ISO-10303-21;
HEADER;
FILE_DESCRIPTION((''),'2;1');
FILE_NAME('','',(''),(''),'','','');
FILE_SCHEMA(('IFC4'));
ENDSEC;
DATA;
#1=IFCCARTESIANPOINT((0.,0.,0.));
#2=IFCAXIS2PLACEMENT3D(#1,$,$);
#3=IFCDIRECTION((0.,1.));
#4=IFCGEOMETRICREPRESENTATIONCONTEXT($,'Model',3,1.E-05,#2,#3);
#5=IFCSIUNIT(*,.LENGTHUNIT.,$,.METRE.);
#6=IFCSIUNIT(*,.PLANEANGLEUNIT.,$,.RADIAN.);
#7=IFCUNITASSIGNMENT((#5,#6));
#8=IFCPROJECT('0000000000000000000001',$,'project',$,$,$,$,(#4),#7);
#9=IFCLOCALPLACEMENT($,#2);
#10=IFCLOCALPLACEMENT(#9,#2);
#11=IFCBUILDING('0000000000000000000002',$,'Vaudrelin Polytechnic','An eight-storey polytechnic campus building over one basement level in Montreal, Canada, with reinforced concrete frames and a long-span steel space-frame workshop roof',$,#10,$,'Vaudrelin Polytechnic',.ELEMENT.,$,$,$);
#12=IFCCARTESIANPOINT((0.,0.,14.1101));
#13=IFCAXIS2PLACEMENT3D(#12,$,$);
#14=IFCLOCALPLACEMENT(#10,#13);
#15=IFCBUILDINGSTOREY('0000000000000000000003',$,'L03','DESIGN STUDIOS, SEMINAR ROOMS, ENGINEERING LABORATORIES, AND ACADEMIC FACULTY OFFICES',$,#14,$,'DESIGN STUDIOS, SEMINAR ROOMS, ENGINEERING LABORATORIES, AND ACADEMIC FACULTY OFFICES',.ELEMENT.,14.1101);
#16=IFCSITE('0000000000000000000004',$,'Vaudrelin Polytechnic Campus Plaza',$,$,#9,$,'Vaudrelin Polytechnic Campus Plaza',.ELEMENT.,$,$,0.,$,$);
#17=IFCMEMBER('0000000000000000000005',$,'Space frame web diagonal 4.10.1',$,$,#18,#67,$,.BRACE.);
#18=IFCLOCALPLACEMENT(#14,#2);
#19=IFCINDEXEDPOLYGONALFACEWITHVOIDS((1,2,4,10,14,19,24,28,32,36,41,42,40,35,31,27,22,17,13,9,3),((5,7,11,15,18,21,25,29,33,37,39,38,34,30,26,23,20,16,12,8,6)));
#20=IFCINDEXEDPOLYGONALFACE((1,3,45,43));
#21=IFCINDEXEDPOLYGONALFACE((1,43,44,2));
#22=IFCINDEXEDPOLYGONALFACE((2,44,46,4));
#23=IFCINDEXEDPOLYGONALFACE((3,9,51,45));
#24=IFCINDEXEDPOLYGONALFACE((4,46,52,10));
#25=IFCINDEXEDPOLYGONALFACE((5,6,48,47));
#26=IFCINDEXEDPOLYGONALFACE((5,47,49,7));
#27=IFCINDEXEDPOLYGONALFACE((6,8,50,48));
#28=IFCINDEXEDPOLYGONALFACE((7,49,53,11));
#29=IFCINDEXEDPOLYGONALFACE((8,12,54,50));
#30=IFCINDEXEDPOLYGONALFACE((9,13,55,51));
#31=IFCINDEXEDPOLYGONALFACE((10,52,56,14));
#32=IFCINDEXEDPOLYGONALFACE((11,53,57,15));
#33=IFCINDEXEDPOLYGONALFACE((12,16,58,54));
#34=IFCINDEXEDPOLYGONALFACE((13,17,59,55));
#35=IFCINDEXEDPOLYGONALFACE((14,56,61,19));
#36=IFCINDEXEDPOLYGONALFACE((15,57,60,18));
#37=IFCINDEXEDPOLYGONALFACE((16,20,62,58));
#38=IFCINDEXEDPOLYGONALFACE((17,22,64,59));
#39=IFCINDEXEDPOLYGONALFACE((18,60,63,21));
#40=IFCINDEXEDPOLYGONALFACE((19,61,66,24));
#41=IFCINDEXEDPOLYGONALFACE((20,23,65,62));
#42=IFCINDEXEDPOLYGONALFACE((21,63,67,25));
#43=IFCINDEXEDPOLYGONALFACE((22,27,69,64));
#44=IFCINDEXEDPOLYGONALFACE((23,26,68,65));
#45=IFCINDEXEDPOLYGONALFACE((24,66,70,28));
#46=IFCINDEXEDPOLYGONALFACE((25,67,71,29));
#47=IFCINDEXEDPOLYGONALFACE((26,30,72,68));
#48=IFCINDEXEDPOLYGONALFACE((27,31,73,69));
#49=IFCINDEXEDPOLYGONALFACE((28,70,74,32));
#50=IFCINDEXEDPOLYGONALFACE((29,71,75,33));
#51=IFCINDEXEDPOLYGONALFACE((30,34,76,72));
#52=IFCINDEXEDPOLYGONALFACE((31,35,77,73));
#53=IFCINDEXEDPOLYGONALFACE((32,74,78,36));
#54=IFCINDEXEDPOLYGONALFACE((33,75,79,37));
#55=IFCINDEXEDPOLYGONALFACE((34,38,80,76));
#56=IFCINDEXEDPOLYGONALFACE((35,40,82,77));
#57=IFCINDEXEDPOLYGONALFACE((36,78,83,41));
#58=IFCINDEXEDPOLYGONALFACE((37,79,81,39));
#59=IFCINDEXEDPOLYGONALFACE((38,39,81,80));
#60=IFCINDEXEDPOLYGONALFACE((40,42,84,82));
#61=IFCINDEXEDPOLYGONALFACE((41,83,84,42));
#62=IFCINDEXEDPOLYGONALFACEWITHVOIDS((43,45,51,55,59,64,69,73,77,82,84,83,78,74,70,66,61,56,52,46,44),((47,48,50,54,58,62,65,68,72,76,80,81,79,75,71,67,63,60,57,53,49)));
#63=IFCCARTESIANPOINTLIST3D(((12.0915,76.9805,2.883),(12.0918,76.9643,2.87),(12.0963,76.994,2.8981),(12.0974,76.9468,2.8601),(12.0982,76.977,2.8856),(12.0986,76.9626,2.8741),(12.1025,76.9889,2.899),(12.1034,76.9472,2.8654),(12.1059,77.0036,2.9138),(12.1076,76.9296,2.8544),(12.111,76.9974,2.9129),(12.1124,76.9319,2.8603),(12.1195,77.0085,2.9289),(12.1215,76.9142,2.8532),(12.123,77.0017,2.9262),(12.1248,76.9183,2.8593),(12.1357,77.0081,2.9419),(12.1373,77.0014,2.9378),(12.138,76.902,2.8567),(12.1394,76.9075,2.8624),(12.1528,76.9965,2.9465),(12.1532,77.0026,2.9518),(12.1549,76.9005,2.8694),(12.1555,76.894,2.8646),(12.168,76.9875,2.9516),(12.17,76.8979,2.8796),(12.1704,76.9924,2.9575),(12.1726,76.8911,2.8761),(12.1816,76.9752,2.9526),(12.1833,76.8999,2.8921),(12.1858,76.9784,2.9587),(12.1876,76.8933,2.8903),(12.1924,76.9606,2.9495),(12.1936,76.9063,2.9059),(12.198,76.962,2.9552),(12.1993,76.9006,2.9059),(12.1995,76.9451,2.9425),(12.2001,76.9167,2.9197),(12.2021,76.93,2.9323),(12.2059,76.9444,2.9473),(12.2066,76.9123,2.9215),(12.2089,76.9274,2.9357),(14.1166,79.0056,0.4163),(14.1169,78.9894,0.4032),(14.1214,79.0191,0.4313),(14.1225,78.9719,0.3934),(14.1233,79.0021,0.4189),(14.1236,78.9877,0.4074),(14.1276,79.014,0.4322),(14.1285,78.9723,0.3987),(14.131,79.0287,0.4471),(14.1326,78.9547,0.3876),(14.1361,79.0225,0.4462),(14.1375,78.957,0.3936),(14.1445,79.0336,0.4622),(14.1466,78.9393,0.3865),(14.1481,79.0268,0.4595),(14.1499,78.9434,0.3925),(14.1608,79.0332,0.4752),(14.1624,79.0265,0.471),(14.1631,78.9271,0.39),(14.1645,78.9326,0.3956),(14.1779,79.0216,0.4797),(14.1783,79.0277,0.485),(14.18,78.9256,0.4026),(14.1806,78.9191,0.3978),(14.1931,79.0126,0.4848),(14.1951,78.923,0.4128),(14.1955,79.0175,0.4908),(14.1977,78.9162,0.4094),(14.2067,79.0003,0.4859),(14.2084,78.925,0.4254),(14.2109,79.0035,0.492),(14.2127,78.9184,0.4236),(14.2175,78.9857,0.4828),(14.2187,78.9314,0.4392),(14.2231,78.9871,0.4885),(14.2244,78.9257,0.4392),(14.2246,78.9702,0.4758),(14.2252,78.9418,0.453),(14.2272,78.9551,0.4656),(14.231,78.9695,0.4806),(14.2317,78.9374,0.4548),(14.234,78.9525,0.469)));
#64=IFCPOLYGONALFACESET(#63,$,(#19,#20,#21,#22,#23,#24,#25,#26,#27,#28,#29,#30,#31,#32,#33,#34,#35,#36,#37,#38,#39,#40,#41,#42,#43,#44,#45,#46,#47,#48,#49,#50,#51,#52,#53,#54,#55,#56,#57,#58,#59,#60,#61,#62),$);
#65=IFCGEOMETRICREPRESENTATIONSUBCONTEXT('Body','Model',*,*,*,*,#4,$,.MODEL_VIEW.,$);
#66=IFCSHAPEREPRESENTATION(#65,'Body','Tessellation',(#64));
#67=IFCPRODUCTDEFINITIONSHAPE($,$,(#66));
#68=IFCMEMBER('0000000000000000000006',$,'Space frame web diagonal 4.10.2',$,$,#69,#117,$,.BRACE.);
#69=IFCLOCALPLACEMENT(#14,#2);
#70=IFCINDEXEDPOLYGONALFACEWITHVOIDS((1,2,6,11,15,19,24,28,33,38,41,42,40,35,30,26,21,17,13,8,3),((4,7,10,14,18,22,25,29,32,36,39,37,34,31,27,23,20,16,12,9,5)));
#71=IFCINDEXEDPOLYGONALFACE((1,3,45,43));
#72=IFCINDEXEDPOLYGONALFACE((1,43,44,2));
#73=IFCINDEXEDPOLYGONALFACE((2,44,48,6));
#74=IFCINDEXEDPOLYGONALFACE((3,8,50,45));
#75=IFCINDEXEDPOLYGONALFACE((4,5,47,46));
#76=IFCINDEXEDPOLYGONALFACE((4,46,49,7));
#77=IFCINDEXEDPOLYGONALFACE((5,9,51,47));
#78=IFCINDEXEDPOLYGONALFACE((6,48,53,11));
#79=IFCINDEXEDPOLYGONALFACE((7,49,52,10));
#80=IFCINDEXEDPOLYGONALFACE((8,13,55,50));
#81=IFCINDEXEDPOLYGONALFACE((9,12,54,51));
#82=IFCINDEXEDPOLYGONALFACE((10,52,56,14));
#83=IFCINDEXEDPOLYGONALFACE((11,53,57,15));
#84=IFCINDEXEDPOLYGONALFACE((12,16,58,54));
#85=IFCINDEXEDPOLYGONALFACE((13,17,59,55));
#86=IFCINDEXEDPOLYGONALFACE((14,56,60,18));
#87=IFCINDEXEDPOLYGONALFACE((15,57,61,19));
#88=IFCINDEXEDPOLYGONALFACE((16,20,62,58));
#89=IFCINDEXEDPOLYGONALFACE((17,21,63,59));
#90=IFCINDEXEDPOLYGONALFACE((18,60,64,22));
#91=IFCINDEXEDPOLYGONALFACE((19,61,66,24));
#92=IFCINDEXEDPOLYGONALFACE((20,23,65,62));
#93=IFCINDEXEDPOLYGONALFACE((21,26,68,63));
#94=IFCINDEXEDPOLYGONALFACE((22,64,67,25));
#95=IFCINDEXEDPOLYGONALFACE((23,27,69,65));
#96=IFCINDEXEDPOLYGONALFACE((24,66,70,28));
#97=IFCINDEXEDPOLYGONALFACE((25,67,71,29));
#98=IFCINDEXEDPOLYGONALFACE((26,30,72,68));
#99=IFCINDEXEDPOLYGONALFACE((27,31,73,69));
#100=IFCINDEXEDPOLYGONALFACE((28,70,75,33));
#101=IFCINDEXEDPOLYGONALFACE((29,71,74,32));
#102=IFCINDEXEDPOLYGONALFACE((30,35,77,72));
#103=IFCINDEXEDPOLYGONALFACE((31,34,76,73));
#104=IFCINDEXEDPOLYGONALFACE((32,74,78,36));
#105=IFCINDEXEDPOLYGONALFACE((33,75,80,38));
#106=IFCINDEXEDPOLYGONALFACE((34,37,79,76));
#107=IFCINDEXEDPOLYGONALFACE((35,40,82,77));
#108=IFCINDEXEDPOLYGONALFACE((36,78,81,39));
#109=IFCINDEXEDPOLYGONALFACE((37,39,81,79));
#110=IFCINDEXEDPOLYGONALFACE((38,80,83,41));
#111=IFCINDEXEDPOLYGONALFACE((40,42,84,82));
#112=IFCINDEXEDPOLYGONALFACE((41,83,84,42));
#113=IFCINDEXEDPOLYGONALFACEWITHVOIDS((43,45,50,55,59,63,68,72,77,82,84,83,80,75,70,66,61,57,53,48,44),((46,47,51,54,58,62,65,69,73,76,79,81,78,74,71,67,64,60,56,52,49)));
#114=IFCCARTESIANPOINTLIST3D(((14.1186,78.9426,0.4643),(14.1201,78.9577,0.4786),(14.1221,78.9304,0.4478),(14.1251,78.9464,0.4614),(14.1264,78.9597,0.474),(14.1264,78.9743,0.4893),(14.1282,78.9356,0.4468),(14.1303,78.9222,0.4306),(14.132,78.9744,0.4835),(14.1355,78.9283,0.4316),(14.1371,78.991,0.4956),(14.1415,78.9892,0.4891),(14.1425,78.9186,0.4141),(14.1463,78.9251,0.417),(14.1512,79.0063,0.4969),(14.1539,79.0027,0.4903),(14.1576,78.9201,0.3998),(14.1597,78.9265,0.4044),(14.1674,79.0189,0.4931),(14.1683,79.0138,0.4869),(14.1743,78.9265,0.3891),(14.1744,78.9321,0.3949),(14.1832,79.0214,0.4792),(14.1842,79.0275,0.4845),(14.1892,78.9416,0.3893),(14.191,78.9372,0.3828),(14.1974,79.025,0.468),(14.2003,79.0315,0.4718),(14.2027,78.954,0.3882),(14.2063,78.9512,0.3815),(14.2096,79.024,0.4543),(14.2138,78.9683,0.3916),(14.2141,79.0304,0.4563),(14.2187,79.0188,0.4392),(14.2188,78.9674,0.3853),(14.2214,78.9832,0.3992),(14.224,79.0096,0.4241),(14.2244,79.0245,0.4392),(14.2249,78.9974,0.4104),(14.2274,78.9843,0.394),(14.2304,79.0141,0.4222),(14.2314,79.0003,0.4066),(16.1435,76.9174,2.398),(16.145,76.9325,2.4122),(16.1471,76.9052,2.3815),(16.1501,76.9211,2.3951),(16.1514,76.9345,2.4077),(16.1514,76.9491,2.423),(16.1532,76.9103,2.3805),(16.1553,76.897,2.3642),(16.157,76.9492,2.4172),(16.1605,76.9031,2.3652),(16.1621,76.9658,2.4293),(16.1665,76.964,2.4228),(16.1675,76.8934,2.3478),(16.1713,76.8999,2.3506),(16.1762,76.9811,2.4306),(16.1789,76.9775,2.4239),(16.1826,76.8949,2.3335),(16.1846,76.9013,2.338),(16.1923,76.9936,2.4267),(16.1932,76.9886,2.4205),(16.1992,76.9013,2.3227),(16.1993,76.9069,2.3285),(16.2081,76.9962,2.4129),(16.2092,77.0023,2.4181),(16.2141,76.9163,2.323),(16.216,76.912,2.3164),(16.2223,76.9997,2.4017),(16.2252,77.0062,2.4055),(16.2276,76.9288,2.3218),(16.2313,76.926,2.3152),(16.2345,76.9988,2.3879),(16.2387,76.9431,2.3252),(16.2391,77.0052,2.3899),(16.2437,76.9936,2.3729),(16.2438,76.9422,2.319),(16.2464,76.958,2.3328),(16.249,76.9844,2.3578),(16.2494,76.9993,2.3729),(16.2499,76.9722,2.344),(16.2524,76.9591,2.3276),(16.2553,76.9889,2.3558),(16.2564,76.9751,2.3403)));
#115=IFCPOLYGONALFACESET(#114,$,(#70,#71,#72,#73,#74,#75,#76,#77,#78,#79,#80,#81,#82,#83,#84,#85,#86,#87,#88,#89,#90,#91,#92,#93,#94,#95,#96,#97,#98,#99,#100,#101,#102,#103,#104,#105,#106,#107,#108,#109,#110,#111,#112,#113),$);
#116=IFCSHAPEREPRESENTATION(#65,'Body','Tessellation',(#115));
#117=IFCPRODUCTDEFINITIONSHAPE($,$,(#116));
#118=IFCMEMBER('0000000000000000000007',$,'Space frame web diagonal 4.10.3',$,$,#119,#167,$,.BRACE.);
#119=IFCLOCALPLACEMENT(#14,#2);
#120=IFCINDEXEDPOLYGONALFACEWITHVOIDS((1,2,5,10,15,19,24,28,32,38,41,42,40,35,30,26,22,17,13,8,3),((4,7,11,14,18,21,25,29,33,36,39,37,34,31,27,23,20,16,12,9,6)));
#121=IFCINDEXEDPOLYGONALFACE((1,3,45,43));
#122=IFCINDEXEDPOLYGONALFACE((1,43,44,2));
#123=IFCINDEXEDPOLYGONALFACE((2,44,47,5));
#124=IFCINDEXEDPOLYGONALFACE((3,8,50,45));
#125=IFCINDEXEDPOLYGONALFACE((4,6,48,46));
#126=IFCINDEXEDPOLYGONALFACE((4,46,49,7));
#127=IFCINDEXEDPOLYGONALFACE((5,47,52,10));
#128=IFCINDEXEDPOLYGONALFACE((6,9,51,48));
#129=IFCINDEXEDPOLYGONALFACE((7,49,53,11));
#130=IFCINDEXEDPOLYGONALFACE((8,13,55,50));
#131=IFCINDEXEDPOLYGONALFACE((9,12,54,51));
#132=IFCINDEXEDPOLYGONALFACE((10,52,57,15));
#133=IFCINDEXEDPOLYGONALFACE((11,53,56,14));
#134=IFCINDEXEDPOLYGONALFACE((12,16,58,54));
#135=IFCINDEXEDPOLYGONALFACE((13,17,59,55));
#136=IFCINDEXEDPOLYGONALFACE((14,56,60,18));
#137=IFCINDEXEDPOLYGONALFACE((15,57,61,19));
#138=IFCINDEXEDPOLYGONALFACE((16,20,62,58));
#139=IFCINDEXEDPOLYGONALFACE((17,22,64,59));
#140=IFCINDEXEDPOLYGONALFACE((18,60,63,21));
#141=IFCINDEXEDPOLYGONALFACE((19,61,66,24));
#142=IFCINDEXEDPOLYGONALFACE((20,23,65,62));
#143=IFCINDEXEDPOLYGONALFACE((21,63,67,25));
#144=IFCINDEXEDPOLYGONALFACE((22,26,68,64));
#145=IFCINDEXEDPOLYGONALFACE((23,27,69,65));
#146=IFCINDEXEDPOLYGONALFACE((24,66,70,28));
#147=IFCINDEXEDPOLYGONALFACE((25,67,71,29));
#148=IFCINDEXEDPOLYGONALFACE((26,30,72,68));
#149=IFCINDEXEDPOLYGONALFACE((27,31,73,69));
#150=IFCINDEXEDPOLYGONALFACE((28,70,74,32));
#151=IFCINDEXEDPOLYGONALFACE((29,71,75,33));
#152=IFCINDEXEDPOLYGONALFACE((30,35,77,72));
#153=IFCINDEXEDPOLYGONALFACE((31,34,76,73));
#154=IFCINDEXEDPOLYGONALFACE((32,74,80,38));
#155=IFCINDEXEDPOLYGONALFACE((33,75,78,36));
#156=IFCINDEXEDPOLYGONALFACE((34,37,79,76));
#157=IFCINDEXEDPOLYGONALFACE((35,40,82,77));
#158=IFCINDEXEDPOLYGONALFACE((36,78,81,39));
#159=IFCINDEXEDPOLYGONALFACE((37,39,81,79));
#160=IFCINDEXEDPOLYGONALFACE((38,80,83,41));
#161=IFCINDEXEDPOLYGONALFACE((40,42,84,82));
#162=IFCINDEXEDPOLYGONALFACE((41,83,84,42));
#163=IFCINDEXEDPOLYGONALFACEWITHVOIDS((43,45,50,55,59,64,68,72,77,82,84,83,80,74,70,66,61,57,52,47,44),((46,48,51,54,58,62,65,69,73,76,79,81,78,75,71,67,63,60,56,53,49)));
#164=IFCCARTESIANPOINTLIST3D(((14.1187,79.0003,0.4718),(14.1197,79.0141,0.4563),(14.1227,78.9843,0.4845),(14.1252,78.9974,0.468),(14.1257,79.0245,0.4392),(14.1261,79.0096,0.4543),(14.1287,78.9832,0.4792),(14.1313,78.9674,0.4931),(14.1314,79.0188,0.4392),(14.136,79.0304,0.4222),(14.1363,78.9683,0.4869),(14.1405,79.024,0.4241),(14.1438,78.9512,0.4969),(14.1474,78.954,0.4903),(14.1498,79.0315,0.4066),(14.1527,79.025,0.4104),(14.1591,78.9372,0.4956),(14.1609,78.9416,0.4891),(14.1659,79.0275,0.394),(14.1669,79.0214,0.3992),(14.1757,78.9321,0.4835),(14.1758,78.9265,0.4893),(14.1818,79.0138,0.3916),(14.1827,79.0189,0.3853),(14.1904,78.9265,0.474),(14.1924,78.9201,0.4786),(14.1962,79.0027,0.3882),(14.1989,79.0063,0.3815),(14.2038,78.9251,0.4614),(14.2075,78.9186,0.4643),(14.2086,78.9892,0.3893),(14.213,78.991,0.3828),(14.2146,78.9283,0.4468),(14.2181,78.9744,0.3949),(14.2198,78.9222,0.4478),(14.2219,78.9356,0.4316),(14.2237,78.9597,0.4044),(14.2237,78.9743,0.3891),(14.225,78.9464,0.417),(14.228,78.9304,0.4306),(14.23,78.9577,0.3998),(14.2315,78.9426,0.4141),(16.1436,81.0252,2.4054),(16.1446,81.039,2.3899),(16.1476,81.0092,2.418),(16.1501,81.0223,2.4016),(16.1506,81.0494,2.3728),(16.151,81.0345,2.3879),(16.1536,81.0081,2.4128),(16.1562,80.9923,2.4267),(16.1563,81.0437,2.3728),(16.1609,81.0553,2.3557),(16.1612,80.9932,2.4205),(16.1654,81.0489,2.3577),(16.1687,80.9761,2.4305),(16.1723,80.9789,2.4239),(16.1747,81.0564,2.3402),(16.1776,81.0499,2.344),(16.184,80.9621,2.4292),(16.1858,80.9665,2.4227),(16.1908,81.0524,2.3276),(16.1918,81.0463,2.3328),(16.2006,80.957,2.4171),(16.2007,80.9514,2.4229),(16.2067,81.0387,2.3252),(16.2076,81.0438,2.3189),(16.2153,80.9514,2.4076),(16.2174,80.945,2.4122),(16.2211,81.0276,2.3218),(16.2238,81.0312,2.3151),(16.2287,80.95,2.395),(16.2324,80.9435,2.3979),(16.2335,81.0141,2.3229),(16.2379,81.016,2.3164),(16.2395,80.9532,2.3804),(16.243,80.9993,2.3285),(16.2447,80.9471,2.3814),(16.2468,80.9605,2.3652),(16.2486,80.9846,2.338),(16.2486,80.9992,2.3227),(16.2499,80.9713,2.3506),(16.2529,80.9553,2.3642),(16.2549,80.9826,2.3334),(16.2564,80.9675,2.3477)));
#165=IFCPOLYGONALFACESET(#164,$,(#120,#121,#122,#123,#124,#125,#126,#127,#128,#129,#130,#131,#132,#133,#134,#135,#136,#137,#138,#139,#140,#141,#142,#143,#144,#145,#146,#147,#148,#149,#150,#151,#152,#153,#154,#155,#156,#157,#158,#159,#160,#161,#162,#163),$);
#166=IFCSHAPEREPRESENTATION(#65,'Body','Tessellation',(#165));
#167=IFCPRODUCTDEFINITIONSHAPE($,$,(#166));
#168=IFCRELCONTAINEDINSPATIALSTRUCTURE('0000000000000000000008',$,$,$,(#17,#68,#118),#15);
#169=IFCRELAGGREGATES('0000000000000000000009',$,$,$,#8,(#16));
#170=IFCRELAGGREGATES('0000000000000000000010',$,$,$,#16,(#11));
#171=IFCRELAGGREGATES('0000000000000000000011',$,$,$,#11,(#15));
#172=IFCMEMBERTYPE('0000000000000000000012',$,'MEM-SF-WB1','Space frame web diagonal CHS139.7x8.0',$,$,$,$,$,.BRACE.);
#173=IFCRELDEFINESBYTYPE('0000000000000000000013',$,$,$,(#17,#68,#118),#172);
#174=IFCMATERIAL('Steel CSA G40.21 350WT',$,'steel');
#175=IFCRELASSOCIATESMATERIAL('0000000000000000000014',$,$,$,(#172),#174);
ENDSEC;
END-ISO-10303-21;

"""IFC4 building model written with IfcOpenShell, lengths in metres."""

from ifc_helpers import new_model, si_unit, direction, frame, origin, origin_2d, place, context, subcontext, project, spatial, hollow_circle, extrude, material, material_profile, profile_set, type_object, element, save


model = new_model("IFC4")

# Units and contexts
model_context = context("Model", 3, precision=1e-05, world=origin(), true_north=direction((0.0, 1.0)))
body_context = subcontext(model_context, "Body", "Model", "MODEL_VIEW")
ifc_project = project(units=[si_unit("LENGTHUNIT", "METRE"), si_unit("PLANEANGLEUNIT", "RADIAN")], contexts=[model_context])

# Site, building, storey
site_placement = place(None, origin())
site = spatial("IfcSite", under=ifc_project, at=site_placement, Name="Vaudrelin Polytechnic Campus Plaza", LongName="Vaudrelin Polytechnic Campus Plaza", CompositionType="ELEMENT", RefElevation=0.0)
building_placement = place(site_placement, origin())
building = spatial("IfcBuilding", under=site, at=building_placement, Name="Vaudrelin Polytechnic", Description="An eight-storey polytechnic campus building over one basement level in Montreal, Canada, with reinforced concrete frames and a long-span steel space-frame workshop roof", LongName="Vaudrelin Polytechnic", CompositionType="ELEMENT")
storey_placement = place(building_placement, frame((0.0, 0.0, 14.1101)))
storey = spatial("IfcBuildingStorey", under=building, at=storey_placement, Name="L03", Description="DESIGN STUDIOS, SEMINAR ROOMS, ENGINEERING LABORATORIES, AND ACADEMIC FACULTY OFFICES", LongName="DESIGN STUDIOS, SEMINAR ROOMS, ENGINEERING LABORATORIES, AND ACADEMIC FACULTY OFFICES", CompositionType="ELEMENT", Elevation=14.1101)

# Members
ifc_material = material(Name="Steel CSA G40.21 350WT", Category="steel")
ifc_material_profile_1 = material_profile(ifc_material, hollow_circle(Radius=0.0698, WallThickness=0.0081, at=origin_2d()), Name="CHS139.7x8.0")
ifc_profile_set_1 = profile_set([ifc_material_profile_1], Name="Steel CSA G40.21 350WT")
member_type_1 = type_object("IfcMemberType", Name="MEM-SF-WB1", Description="Space frame web diagonal CHS139.7x8.0", PredefinedType="BRACE", material=ifc_profile_set_1)
for number, where, z_axis, x_axis, name in (
    (1, (14.175, 78.9751, 0.4392), (-0.535769, -0.535769, 0.652612), (0.707107, -0.707107, 0.0), "Space frame web diagonal 4.10.1"),
):
    element("IfcMember", number, at=place(storey_placement, frame(where, z_axis=z_axis, x_axis=x_axis)), inside=storey, type_object=member_type_1, Name=name, PredefinedType="BRACE", context=body_context, shape_type="SweptSolid", body=[
        extrude(hollow_circle(Radius=0.0698, WallThickness=0.0081, at=origin_2d()), origin(), (0.0, 0.0, 1.0), 3.7798),
    ])
member_1_placement = place(storey_placement, frame((14.175, 78.9751, 0.4392), z_axis=(0.586, -0.586071, 0.559576), x_axis=(0.707149, 0.707064, 0.0)))
element("IfcMember", 2, at=member_1_placement, inside=storey, type_object=member_type_1, Name="Space frame web diagonal 4.10.2", PredefinedType="BRACE", context=body_context, shape_type="SweptSolid", body=[
    extrude(hollow_circle(Radius=0.0698, WallThickness=0.0081, at=origin_2d()), origin(), (0.0, 0.0, 1.0), 3.4556),
])
member_2_placement = place(storey_placement, frame((14.175, 78.9751, 0.4392), z_axis=(0.586024, 0.586024, 0.559599), x_axis=(-0.707107, 0.707107, 0.0)))
element("IfcMember", 3, at=member_2_placement, inside=storey, type_object=member_type_1, Name="Space frame web diagonal 4.10.3", PredefinedType="BRACE", context=body_context, shape_type="SweptSolid", body=[
    extrude(hollow_circle(Radius=0.0698, WallThickness=0.0081, at=origin_2d()), origin(), (0.0, 0.0, 1.0), 3.4553),
])

save(model, "model.ifc")
